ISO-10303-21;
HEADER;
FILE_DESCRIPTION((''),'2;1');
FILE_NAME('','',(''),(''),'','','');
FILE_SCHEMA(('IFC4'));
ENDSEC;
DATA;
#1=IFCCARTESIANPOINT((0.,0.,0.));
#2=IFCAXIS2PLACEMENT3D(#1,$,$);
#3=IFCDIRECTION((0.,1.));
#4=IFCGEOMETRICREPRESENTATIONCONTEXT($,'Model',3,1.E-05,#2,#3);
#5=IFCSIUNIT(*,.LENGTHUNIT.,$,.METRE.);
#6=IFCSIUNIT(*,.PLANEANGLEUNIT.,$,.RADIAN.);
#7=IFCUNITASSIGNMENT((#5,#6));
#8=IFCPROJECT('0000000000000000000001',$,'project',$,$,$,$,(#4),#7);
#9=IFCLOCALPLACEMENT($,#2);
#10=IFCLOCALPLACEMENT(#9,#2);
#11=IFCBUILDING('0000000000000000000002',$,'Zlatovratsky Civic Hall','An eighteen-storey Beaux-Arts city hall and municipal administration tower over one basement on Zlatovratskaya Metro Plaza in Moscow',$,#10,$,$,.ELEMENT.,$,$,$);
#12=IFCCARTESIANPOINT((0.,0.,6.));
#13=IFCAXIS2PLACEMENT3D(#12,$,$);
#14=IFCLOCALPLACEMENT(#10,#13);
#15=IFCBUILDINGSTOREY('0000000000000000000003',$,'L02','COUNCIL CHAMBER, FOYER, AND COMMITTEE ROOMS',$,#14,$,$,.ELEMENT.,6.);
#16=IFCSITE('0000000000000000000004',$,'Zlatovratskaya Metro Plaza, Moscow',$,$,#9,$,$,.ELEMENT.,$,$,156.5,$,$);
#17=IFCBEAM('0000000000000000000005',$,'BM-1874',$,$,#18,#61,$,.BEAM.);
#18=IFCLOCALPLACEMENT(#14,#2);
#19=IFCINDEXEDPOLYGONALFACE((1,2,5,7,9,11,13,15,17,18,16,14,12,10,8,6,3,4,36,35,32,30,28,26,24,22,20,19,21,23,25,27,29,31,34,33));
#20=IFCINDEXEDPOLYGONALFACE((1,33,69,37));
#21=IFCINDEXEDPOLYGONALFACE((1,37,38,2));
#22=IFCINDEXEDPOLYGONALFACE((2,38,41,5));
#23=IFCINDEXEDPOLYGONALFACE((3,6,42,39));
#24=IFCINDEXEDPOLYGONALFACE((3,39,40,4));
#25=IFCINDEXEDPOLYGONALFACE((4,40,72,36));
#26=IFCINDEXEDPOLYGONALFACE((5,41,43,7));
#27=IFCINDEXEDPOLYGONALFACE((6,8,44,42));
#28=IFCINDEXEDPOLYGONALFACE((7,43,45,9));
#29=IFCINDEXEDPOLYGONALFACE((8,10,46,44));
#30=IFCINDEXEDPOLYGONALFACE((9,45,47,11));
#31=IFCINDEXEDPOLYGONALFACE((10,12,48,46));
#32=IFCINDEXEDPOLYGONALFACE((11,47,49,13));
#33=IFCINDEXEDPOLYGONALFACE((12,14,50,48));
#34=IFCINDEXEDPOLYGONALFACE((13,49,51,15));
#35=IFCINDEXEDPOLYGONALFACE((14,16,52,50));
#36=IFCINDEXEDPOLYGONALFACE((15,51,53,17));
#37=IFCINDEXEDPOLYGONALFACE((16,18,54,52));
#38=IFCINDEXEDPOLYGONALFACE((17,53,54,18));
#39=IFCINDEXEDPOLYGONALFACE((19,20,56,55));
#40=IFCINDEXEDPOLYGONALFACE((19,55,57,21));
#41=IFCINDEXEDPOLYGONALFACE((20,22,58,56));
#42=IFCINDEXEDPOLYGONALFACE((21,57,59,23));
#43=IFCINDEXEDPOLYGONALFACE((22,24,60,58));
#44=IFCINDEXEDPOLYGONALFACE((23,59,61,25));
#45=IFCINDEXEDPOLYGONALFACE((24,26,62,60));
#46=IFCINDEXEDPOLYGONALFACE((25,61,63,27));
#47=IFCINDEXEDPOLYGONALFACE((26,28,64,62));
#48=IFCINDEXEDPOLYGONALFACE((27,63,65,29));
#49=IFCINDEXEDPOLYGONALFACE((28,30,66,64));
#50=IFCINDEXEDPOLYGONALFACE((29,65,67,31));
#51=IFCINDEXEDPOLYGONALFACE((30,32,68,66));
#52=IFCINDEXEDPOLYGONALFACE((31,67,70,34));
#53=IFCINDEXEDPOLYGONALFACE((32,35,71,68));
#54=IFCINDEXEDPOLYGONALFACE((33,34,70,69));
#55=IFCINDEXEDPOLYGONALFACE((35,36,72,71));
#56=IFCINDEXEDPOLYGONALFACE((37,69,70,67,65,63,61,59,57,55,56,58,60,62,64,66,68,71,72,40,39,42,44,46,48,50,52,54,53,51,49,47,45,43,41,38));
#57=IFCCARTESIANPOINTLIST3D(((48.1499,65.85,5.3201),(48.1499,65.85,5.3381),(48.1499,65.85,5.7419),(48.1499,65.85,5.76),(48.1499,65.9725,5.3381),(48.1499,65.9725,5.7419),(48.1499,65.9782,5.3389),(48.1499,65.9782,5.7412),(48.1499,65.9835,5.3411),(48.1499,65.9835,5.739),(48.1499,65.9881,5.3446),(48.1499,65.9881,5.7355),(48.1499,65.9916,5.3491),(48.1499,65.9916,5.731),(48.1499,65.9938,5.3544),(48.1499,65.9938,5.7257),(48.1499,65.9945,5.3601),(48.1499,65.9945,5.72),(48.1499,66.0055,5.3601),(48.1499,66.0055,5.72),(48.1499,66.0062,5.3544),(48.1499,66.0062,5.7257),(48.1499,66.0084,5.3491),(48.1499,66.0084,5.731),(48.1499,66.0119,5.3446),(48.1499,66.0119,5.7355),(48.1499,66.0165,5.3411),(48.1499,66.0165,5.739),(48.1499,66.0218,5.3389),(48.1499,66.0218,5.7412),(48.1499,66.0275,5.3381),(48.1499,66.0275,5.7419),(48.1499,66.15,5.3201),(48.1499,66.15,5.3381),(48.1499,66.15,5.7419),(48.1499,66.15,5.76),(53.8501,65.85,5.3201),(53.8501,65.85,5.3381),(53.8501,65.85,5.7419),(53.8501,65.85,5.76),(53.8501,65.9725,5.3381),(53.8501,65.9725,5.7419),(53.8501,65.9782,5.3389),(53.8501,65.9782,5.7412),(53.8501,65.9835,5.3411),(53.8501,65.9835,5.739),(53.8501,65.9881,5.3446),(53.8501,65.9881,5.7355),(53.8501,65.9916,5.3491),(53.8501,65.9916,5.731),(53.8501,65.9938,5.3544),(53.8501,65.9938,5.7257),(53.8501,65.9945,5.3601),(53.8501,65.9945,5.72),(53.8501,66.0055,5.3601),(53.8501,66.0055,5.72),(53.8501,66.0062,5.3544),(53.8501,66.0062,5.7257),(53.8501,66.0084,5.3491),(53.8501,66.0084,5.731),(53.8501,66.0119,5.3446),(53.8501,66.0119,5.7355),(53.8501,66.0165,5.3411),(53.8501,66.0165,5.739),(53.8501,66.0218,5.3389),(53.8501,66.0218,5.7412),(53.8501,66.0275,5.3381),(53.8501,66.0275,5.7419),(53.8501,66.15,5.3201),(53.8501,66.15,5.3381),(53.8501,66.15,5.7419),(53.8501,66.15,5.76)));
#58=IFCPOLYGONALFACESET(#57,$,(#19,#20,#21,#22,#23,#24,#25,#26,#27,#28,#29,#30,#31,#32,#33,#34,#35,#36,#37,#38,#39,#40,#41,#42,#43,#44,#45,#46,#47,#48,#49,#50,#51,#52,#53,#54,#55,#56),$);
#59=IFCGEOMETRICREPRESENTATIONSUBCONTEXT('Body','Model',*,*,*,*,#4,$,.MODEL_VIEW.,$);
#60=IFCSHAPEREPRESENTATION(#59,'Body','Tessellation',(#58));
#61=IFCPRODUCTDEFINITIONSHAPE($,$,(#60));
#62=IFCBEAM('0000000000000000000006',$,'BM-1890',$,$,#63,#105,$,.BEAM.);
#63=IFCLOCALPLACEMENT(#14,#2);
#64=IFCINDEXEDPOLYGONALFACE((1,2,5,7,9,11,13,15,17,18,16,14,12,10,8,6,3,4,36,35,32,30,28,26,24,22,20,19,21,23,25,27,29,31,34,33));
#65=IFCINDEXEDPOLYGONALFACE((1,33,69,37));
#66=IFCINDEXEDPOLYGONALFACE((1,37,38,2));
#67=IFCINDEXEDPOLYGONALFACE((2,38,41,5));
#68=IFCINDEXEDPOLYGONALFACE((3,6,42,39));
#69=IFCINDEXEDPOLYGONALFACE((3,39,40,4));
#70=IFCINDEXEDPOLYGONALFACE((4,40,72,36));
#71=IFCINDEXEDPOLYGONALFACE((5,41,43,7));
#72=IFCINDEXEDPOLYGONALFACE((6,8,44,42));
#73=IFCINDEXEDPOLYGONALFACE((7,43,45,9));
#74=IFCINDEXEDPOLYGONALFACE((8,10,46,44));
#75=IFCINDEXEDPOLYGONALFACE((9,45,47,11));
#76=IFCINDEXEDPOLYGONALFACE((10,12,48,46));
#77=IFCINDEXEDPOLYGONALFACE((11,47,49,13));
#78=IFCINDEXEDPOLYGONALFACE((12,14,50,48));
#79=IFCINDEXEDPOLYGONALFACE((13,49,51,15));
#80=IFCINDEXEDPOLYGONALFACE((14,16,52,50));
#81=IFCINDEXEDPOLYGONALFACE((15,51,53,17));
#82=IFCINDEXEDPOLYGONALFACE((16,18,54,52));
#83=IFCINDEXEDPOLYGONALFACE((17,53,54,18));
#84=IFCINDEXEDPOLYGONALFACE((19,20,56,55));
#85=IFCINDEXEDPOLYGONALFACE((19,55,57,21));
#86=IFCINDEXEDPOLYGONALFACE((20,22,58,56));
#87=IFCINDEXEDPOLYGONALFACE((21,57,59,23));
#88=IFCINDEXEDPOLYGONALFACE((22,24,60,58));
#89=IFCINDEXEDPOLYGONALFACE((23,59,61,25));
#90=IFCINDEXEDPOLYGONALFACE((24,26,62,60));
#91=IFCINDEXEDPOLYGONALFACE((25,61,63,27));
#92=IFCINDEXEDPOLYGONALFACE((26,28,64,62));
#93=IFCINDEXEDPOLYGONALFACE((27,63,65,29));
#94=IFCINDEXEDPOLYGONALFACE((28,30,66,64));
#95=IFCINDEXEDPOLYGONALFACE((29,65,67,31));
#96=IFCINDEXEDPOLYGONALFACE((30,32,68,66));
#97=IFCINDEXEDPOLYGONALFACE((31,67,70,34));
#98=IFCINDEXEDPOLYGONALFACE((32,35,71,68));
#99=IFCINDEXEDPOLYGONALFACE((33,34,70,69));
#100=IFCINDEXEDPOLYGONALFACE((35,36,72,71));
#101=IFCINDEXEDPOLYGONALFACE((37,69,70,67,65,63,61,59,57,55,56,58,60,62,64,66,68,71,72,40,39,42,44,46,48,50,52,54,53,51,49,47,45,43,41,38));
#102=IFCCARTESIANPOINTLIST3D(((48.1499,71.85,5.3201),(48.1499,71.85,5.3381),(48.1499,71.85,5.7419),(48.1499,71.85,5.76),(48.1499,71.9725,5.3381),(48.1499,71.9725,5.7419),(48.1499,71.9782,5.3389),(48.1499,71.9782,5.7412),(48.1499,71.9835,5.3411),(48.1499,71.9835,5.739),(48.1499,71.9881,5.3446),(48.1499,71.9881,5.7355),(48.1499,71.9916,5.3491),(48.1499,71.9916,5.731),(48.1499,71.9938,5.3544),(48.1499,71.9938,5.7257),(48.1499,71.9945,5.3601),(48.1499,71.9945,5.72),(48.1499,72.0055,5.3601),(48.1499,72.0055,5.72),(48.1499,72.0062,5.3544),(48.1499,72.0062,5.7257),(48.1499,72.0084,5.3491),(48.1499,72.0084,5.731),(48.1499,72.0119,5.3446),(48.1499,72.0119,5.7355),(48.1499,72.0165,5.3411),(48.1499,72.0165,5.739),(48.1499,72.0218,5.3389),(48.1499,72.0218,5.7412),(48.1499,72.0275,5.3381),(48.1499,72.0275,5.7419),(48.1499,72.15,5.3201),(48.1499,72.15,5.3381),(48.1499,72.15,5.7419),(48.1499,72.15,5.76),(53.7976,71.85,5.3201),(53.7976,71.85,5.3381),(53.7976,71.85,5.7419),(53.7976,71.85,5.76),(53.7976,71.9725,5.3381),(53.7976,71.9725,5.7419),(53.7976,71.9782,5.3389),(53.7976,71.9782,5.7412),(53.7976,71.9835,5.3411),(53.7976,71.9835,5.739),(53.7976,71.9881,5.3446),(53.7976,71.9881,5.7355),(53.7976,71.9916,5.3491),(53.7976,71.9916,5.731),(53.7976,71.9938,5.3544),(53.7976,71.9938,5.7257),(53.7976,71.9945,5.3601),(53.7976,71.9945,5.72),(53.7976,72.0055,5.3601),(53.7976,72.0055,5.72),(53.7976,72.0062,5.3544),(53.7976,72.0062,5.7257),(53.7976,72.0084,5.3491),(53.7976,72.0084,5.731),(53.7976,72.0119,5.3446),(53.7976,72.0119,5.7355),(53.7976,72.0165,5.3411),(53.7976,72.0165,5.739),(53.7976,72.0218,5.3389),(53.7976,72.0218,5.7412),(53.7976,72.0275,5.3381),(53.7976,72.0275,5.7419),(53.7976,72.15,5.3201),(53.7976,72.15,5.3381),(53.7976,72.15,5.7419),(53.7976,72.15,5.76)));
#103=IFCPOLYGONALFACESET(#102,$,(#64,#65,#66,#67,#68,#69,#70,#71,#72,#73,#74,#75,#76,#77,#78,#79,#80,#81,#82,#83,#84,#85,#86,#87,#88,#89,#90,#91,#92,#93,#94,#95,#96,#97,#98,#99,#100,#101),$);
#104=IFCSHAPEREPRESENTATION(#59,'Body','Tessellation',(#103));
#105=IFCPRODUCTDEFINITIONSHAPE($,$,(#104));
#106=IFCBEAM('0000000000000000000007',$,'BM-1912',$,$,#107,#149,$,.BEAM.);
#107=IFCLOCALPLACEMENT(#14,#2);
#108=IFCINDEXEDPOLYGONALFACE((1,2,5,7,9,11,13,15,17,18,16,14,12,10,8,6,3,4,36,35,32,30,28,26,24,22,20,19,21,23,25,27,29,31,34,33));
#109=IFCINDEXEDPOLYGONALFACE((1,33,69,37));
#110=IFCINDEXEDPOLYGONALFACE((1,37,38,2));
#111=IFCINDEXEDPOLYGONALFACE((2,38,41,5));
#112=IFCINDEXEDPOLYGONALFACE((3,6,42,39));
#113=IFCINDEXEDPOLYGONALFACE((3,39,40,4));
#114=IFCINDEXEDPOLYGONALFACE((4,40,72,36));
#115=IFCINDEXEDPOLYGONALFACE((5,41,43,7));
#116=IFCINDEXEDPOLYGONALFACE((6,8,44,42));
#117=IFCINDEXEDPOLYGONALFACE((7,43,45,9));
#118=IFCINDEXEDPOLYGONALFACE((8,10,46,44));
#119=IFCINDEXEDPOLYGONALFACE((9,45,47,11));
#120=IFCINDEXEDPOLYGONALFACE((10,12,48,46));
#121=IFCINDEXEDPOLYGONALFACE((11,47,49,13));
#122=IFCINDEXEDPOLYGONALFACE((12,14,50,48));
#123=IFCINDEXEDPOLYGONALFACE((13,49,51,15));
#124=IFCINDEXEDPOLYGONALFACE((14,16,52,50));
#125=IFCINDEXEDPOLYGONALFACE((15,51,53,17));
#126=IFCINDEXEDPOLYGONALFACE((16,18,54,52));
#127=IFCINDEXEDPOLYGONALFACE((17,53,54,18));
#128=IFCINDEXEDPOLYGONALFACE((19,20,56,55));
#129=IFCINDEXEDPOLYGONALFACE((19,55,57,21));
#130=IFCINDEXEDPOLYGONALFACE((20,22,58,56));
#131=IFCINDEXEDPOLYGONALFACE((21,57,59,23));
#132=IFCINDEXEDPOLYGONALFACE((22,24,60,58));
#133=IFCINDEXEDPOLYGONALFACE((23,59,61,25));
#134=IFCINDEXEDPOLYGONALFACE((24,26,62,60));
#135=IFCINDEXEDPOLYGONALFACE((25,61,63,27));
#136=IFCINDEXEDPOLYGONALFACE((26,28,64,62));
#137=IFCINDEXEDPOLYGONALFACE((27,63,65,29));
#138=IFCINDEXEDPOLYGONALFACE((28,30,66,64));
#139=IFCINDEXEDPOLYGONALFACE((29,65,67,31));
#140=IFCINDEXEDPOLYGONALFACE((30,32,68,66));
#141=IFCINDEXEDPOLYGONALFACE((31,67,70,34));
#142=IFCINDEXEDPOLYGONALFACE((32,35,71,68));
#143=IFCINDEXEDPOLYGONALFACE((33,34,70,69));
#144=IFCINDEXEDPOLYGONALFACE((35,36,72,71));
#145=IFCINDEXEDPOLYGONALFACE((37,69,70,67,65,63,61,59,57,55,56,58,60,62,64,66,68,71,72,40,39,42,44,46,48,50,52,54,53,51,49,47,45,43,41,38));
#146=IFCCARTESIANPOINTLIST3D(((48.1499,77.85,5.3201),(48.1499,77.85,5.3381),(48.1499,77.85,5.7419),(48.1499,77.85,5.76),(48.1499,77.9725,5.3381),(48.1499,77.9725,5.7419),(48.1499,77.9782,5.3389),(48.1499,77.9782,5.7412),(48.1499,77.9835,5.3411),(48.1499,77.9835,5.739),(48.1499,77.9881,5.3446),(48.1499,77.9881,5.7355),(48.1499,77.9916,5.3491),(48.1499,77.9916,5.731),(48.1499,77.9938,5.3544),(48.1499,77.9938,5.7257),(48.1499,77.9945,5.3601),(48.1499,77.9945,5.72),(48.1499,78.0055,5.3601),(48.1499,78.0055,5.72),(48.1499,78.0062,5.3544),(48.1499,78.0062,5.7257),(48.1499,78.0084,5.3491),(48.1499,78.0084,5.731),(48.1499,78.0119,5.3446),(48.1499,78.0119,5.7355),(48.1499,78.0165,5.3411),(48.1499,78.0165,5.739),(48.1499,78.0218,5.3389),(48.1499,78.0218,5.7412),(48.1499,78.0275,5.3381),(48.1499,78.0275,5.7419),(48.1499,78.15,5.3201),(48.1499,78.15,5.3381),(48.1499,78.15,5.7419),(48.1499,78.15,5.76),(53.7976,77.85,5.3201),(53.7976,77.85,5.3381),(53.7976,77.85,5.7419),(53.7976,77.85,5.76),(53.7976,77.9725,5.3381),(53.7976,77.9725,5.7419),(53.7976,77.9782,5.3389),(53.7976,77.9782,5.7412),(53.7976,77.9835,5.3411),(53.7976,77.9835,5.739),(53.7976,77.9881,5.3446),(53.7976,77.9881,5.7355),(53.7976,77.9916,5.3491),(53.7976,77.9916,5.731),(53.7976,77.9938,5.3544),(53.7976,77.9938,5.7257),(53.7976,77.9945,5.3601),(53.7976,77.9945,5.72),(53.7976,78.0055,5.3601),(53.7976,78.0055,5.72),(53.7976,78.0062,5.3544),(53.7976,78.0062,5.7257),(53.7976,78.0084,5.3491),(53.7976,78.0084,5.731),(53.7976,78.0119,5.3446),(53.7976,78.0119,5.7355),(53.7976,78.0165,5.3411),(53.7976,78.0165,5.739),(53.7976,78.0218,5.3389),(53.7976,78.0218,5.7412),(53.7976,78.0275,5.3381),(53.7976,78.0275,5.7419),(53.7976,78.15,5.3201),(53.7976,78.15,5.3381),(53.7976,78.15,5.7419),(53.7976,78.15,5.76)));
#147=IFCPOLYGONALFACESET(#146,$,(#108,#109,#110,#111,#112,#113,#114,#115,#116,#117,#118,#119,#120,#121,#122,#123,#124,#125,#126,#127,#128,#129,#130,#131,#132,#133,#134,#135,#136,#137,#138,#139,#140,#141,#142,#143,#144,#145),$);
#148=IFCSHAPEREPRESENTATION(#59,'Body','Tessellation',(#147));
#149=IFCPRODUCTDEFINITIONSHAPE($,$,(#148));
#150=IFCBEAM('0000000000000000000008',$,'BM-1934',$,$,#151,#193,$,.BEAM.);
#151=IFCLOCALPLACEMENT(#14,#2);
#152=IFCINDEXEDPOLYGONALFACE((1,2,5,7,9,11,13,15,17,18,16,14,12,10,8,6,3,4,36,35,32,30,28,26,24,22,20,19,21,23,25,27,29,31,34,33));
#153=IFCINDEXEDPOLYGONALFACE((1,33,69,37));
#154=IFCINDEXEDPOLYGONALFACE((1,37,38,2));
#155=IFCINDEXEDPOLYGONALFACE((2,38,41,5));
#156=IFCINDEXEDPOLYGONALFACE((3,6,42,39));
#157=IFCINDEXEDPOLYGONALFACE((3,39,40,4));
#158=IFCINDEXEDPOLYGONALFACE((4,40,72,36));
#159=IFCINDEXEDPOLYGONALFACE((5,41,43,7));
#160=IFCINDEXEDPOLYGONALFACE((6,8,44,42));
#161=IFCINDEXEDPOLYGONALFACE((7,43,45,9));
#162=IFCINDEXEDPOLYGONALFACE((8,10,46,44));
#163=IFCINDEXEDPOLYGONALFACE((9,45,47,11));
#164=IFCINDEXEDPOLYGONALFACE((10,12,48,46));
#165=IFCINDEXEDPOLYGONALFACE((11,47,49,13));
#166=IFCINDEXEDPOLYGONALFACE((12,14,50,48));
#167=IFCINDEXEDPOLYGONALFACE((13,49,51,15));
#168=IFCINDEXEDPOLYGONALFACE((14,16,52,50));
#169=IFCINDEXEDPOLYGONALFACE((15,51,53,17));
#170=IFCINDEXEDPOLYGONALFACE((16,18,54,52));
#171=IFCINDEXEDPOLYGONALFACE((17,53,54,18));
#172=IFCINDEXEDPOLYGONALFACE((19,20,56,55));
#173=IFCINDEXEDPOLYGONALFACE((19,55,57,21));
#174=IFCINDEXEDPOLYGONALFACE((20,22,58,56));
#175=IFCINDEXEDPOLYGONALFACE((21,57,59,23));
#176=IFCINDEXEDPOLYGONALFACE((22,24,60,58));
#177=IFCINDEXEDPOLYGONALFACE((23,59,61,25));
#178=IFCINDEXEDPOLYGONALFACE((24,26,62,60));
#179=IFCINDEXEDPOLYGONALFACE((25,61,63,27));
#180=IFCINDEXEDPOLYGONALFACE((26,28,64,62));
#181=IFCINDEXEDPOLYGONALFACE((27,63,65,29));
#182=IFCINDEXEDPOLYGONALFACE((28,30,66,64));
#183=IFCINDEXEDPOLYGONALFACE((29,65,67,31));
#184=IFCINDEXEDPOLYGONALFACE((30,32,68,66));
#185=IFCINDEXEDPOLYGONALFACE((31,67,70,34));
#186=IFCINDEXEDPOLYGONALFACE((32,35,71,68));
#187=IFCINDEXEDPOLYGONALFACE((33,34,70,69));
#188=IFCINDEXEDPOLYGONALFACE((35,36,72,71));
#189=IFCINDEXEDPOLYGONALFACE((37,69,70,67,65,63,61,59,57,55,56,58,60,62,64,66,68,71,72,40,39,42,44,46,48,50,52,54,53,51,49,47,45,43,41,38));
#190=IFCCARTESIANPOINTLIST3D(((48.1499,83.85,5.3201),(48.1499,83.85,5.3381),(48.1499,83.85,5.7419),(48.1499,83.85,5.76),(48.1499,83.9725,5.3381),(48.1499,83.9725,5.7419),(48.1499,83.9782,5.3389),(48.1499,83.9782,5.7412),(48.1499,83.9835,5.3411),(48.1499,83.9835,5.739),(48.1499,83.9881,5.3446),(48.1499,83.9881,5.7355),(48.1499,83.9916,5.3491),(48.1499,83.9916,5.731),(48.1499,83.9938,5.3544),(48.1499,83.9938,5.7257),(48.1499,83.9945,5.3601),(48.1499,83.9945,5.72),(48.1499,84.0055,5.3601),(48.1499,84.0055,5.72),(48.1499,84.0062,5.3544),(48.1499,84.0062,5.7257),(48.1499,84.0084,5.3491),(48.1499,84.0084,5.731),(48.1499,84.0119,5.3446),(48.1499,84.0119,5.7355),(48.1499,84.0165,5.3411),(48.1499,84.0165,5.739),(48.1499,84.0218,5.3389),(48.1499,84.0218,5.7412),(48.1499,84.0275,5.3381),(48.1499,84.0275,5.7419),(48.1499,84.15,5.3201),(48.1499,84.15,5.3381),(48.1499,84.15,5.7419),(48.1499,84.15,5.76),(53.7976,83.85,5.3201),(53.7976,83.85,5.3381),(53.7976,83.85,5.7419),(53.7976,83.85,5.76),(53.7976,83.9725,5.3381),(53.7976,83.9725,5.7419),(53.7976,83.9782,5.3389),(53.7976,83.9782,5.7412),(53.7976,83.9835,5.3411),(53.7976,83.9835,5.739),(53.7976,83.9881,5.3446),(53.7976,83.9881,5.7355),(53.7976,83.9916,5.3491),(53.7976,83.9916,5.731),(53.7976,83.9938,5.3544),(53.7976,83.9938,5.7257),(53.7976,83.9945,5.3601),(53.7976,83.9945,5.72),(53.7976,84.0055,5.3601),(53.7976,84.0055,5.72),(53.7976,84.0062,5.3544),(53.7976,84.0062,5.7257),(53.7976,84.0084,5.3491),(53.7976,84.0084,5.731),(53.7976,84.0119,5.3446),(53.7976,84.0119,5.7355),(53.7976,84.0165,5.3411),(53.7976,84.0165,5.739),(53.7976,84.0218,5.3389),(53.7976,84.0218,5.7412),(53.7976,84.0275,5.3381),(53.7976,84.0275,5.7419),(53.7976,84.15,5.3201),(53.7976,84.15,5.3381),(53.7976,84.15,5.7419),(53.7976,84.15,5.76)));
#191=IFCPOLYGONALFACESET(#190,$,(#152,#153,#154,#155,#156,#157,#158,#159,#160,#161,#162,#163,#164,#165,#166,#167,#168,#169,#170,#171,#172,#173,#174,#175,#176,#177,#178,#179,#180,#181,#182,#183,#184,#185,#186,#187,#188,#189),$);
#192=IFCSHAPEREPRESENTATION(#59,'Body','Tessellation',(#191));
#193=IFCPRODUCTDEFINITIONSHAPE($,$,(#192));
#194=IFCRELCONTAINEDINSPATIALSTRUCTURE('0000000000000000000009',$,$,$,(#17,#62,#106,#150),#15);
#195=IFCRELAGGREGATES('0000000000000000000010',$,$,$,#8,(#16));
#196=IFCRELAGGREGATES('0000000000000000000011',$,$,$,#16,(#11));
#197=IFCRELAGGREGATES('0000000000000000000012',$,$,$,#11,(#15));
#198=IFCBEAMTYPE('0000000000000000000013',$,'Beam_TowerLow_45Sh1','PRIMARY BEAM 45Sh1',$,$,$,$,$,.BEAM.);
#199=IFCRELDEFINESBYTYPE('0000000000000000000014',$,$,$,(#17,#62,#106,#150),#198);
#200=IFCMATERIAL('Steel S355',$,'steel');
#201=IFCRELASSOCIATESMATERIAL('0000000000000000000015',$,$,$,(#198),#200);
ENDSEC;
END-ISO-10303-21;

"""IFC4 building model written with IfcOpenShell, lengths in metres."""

from ifc_helpers import new_model, si_unit, direction, frame, origin, origin_2d, place, context, subcontext, project, spatial, i_section, extrude, material, material_profile, profile_set, type_object, element, save


model = new_model("IFC4")

# Units and contexts
model_context = context("Model", 3, precision=1e-05, world=origin(), true_north=direction((0.0, 1.0)))
body_context = subcontext(model_context, "Body", "Model", "MODEL_VIEW")
ifc_project = project(units=[si_unit("LENGTHUNIT", "METRE"), si_unit("PLANEANGLEUNIT", "RADIAN")], contexts=[model_context])

# Site, building, storey
site_placement = place(None, origin())
site = spatial("IfcSite", under=ifc_project, at=site_placement, Name="Zlatovratskaya Metro Plaza, Moscow", CompositionType="ELEMENT", RefElevation=156.5)
building_placement = place(site_placement, origin())
building = spatial("IfcBuilding", under=site, at=building_placement, Name="Zlatovratsky Civic Hall", Description="An eighteen-storey Beaux-Arts city hall and municipal administration tower over one basement on Zlatovratskaya Metro Plaza in Moscow", CompositionType="ELEMENT")
storey_placement = place(building_placement, frame((0.0, 0.0, 6.0)))
storey = spatial("IfcBuildingStorey", under=building, at=storey_placement, Name="L02", Description="COUNCIL CHAMBER, FOYER, AND COMMITTEE ROOMS", CompositionType="ELEMENT", Elevation=6.0)

# Shared definitions
ifc_material_1 = material(Name="Steel S355", Category="steel")

# Beams
ifc_material_profile_1 = material_profile(ifc_material_1, i_section(OverallWidth=0.3, OverallDepth=0.4399, WebThickness=0.011, FlangeThickness=0.0181, FilletRadius=0.022, at=origin_2d()), Name="45Sh1")
ifc_profile_set_1 = profile_set([ifc_material_profile_1], Name="Steel S355")
beam_type_1 = type_object("IfcBeamType", Name="Beam_TowerLow_45Sh1", Description="PRIMARY BEAM 45Sh1", PredefinedType="BEAM", material=ifc_profile_set_1)
beam_1_placement = place(storey_placement, frame((48.1499, 66.0, 5.54), z_axis=(1.0, 0.0, 0.0), x_axis=(0.0, 1.0, 0.0)))
element("IfcBeam", 1, at=beam_1_placement, inside=storey, type_object=beam_type_1, Name="BM-1874", PredefinedType="BEAM", context=body_context, shape_type="SweptSolid", body=[
    extrude(i_section(OverallWidth=0.3, OverallDepth=0.4399, WebThickness=0.011, FlangeThickness=0.0181, FilletRadius=0.022, at=origin_2d()), origin(), (0.0, 0.0, 1.0), 5.7002),
])
for number, where, z_axis, x_axis, name in (
    (2, (48.1499, 72.0, 5.54), (1.0, 0.0, 0.0), (0.0, 1.0, 0.0), "BM-1890"),
    (3, (48.1499, 78.0, 5.54), (1.0, 0.0, 0.0), (0.0, 1.0, 0.0), "BM-1912"),
    (4, (48.1499, 84.0, 5.54), (1.0, 0.0, 0.0), (0.0, 1.0, 0.0), "BM-1934"),
):
    element("IfcBeam", number, at=place(storey_placement, frame(where, z_axis=z_axis, x_axis=x_axis)), inside=storey, type_object=beam_type_1, Name=name, PredefinedType="BEAM", context=body_context, shape_type="SweptSolid", body=[
        extrude(i_section(OverallWidth=0.3, OverallDepth=0.4399, WebThickness=0.011, FlangeThickness=0.0181, FilletRadius=0.022, at=origin_2d()), origin(), (0.0, 0.0, 1.0), 5.6477),
    ])

save(model, "model.ifc")
